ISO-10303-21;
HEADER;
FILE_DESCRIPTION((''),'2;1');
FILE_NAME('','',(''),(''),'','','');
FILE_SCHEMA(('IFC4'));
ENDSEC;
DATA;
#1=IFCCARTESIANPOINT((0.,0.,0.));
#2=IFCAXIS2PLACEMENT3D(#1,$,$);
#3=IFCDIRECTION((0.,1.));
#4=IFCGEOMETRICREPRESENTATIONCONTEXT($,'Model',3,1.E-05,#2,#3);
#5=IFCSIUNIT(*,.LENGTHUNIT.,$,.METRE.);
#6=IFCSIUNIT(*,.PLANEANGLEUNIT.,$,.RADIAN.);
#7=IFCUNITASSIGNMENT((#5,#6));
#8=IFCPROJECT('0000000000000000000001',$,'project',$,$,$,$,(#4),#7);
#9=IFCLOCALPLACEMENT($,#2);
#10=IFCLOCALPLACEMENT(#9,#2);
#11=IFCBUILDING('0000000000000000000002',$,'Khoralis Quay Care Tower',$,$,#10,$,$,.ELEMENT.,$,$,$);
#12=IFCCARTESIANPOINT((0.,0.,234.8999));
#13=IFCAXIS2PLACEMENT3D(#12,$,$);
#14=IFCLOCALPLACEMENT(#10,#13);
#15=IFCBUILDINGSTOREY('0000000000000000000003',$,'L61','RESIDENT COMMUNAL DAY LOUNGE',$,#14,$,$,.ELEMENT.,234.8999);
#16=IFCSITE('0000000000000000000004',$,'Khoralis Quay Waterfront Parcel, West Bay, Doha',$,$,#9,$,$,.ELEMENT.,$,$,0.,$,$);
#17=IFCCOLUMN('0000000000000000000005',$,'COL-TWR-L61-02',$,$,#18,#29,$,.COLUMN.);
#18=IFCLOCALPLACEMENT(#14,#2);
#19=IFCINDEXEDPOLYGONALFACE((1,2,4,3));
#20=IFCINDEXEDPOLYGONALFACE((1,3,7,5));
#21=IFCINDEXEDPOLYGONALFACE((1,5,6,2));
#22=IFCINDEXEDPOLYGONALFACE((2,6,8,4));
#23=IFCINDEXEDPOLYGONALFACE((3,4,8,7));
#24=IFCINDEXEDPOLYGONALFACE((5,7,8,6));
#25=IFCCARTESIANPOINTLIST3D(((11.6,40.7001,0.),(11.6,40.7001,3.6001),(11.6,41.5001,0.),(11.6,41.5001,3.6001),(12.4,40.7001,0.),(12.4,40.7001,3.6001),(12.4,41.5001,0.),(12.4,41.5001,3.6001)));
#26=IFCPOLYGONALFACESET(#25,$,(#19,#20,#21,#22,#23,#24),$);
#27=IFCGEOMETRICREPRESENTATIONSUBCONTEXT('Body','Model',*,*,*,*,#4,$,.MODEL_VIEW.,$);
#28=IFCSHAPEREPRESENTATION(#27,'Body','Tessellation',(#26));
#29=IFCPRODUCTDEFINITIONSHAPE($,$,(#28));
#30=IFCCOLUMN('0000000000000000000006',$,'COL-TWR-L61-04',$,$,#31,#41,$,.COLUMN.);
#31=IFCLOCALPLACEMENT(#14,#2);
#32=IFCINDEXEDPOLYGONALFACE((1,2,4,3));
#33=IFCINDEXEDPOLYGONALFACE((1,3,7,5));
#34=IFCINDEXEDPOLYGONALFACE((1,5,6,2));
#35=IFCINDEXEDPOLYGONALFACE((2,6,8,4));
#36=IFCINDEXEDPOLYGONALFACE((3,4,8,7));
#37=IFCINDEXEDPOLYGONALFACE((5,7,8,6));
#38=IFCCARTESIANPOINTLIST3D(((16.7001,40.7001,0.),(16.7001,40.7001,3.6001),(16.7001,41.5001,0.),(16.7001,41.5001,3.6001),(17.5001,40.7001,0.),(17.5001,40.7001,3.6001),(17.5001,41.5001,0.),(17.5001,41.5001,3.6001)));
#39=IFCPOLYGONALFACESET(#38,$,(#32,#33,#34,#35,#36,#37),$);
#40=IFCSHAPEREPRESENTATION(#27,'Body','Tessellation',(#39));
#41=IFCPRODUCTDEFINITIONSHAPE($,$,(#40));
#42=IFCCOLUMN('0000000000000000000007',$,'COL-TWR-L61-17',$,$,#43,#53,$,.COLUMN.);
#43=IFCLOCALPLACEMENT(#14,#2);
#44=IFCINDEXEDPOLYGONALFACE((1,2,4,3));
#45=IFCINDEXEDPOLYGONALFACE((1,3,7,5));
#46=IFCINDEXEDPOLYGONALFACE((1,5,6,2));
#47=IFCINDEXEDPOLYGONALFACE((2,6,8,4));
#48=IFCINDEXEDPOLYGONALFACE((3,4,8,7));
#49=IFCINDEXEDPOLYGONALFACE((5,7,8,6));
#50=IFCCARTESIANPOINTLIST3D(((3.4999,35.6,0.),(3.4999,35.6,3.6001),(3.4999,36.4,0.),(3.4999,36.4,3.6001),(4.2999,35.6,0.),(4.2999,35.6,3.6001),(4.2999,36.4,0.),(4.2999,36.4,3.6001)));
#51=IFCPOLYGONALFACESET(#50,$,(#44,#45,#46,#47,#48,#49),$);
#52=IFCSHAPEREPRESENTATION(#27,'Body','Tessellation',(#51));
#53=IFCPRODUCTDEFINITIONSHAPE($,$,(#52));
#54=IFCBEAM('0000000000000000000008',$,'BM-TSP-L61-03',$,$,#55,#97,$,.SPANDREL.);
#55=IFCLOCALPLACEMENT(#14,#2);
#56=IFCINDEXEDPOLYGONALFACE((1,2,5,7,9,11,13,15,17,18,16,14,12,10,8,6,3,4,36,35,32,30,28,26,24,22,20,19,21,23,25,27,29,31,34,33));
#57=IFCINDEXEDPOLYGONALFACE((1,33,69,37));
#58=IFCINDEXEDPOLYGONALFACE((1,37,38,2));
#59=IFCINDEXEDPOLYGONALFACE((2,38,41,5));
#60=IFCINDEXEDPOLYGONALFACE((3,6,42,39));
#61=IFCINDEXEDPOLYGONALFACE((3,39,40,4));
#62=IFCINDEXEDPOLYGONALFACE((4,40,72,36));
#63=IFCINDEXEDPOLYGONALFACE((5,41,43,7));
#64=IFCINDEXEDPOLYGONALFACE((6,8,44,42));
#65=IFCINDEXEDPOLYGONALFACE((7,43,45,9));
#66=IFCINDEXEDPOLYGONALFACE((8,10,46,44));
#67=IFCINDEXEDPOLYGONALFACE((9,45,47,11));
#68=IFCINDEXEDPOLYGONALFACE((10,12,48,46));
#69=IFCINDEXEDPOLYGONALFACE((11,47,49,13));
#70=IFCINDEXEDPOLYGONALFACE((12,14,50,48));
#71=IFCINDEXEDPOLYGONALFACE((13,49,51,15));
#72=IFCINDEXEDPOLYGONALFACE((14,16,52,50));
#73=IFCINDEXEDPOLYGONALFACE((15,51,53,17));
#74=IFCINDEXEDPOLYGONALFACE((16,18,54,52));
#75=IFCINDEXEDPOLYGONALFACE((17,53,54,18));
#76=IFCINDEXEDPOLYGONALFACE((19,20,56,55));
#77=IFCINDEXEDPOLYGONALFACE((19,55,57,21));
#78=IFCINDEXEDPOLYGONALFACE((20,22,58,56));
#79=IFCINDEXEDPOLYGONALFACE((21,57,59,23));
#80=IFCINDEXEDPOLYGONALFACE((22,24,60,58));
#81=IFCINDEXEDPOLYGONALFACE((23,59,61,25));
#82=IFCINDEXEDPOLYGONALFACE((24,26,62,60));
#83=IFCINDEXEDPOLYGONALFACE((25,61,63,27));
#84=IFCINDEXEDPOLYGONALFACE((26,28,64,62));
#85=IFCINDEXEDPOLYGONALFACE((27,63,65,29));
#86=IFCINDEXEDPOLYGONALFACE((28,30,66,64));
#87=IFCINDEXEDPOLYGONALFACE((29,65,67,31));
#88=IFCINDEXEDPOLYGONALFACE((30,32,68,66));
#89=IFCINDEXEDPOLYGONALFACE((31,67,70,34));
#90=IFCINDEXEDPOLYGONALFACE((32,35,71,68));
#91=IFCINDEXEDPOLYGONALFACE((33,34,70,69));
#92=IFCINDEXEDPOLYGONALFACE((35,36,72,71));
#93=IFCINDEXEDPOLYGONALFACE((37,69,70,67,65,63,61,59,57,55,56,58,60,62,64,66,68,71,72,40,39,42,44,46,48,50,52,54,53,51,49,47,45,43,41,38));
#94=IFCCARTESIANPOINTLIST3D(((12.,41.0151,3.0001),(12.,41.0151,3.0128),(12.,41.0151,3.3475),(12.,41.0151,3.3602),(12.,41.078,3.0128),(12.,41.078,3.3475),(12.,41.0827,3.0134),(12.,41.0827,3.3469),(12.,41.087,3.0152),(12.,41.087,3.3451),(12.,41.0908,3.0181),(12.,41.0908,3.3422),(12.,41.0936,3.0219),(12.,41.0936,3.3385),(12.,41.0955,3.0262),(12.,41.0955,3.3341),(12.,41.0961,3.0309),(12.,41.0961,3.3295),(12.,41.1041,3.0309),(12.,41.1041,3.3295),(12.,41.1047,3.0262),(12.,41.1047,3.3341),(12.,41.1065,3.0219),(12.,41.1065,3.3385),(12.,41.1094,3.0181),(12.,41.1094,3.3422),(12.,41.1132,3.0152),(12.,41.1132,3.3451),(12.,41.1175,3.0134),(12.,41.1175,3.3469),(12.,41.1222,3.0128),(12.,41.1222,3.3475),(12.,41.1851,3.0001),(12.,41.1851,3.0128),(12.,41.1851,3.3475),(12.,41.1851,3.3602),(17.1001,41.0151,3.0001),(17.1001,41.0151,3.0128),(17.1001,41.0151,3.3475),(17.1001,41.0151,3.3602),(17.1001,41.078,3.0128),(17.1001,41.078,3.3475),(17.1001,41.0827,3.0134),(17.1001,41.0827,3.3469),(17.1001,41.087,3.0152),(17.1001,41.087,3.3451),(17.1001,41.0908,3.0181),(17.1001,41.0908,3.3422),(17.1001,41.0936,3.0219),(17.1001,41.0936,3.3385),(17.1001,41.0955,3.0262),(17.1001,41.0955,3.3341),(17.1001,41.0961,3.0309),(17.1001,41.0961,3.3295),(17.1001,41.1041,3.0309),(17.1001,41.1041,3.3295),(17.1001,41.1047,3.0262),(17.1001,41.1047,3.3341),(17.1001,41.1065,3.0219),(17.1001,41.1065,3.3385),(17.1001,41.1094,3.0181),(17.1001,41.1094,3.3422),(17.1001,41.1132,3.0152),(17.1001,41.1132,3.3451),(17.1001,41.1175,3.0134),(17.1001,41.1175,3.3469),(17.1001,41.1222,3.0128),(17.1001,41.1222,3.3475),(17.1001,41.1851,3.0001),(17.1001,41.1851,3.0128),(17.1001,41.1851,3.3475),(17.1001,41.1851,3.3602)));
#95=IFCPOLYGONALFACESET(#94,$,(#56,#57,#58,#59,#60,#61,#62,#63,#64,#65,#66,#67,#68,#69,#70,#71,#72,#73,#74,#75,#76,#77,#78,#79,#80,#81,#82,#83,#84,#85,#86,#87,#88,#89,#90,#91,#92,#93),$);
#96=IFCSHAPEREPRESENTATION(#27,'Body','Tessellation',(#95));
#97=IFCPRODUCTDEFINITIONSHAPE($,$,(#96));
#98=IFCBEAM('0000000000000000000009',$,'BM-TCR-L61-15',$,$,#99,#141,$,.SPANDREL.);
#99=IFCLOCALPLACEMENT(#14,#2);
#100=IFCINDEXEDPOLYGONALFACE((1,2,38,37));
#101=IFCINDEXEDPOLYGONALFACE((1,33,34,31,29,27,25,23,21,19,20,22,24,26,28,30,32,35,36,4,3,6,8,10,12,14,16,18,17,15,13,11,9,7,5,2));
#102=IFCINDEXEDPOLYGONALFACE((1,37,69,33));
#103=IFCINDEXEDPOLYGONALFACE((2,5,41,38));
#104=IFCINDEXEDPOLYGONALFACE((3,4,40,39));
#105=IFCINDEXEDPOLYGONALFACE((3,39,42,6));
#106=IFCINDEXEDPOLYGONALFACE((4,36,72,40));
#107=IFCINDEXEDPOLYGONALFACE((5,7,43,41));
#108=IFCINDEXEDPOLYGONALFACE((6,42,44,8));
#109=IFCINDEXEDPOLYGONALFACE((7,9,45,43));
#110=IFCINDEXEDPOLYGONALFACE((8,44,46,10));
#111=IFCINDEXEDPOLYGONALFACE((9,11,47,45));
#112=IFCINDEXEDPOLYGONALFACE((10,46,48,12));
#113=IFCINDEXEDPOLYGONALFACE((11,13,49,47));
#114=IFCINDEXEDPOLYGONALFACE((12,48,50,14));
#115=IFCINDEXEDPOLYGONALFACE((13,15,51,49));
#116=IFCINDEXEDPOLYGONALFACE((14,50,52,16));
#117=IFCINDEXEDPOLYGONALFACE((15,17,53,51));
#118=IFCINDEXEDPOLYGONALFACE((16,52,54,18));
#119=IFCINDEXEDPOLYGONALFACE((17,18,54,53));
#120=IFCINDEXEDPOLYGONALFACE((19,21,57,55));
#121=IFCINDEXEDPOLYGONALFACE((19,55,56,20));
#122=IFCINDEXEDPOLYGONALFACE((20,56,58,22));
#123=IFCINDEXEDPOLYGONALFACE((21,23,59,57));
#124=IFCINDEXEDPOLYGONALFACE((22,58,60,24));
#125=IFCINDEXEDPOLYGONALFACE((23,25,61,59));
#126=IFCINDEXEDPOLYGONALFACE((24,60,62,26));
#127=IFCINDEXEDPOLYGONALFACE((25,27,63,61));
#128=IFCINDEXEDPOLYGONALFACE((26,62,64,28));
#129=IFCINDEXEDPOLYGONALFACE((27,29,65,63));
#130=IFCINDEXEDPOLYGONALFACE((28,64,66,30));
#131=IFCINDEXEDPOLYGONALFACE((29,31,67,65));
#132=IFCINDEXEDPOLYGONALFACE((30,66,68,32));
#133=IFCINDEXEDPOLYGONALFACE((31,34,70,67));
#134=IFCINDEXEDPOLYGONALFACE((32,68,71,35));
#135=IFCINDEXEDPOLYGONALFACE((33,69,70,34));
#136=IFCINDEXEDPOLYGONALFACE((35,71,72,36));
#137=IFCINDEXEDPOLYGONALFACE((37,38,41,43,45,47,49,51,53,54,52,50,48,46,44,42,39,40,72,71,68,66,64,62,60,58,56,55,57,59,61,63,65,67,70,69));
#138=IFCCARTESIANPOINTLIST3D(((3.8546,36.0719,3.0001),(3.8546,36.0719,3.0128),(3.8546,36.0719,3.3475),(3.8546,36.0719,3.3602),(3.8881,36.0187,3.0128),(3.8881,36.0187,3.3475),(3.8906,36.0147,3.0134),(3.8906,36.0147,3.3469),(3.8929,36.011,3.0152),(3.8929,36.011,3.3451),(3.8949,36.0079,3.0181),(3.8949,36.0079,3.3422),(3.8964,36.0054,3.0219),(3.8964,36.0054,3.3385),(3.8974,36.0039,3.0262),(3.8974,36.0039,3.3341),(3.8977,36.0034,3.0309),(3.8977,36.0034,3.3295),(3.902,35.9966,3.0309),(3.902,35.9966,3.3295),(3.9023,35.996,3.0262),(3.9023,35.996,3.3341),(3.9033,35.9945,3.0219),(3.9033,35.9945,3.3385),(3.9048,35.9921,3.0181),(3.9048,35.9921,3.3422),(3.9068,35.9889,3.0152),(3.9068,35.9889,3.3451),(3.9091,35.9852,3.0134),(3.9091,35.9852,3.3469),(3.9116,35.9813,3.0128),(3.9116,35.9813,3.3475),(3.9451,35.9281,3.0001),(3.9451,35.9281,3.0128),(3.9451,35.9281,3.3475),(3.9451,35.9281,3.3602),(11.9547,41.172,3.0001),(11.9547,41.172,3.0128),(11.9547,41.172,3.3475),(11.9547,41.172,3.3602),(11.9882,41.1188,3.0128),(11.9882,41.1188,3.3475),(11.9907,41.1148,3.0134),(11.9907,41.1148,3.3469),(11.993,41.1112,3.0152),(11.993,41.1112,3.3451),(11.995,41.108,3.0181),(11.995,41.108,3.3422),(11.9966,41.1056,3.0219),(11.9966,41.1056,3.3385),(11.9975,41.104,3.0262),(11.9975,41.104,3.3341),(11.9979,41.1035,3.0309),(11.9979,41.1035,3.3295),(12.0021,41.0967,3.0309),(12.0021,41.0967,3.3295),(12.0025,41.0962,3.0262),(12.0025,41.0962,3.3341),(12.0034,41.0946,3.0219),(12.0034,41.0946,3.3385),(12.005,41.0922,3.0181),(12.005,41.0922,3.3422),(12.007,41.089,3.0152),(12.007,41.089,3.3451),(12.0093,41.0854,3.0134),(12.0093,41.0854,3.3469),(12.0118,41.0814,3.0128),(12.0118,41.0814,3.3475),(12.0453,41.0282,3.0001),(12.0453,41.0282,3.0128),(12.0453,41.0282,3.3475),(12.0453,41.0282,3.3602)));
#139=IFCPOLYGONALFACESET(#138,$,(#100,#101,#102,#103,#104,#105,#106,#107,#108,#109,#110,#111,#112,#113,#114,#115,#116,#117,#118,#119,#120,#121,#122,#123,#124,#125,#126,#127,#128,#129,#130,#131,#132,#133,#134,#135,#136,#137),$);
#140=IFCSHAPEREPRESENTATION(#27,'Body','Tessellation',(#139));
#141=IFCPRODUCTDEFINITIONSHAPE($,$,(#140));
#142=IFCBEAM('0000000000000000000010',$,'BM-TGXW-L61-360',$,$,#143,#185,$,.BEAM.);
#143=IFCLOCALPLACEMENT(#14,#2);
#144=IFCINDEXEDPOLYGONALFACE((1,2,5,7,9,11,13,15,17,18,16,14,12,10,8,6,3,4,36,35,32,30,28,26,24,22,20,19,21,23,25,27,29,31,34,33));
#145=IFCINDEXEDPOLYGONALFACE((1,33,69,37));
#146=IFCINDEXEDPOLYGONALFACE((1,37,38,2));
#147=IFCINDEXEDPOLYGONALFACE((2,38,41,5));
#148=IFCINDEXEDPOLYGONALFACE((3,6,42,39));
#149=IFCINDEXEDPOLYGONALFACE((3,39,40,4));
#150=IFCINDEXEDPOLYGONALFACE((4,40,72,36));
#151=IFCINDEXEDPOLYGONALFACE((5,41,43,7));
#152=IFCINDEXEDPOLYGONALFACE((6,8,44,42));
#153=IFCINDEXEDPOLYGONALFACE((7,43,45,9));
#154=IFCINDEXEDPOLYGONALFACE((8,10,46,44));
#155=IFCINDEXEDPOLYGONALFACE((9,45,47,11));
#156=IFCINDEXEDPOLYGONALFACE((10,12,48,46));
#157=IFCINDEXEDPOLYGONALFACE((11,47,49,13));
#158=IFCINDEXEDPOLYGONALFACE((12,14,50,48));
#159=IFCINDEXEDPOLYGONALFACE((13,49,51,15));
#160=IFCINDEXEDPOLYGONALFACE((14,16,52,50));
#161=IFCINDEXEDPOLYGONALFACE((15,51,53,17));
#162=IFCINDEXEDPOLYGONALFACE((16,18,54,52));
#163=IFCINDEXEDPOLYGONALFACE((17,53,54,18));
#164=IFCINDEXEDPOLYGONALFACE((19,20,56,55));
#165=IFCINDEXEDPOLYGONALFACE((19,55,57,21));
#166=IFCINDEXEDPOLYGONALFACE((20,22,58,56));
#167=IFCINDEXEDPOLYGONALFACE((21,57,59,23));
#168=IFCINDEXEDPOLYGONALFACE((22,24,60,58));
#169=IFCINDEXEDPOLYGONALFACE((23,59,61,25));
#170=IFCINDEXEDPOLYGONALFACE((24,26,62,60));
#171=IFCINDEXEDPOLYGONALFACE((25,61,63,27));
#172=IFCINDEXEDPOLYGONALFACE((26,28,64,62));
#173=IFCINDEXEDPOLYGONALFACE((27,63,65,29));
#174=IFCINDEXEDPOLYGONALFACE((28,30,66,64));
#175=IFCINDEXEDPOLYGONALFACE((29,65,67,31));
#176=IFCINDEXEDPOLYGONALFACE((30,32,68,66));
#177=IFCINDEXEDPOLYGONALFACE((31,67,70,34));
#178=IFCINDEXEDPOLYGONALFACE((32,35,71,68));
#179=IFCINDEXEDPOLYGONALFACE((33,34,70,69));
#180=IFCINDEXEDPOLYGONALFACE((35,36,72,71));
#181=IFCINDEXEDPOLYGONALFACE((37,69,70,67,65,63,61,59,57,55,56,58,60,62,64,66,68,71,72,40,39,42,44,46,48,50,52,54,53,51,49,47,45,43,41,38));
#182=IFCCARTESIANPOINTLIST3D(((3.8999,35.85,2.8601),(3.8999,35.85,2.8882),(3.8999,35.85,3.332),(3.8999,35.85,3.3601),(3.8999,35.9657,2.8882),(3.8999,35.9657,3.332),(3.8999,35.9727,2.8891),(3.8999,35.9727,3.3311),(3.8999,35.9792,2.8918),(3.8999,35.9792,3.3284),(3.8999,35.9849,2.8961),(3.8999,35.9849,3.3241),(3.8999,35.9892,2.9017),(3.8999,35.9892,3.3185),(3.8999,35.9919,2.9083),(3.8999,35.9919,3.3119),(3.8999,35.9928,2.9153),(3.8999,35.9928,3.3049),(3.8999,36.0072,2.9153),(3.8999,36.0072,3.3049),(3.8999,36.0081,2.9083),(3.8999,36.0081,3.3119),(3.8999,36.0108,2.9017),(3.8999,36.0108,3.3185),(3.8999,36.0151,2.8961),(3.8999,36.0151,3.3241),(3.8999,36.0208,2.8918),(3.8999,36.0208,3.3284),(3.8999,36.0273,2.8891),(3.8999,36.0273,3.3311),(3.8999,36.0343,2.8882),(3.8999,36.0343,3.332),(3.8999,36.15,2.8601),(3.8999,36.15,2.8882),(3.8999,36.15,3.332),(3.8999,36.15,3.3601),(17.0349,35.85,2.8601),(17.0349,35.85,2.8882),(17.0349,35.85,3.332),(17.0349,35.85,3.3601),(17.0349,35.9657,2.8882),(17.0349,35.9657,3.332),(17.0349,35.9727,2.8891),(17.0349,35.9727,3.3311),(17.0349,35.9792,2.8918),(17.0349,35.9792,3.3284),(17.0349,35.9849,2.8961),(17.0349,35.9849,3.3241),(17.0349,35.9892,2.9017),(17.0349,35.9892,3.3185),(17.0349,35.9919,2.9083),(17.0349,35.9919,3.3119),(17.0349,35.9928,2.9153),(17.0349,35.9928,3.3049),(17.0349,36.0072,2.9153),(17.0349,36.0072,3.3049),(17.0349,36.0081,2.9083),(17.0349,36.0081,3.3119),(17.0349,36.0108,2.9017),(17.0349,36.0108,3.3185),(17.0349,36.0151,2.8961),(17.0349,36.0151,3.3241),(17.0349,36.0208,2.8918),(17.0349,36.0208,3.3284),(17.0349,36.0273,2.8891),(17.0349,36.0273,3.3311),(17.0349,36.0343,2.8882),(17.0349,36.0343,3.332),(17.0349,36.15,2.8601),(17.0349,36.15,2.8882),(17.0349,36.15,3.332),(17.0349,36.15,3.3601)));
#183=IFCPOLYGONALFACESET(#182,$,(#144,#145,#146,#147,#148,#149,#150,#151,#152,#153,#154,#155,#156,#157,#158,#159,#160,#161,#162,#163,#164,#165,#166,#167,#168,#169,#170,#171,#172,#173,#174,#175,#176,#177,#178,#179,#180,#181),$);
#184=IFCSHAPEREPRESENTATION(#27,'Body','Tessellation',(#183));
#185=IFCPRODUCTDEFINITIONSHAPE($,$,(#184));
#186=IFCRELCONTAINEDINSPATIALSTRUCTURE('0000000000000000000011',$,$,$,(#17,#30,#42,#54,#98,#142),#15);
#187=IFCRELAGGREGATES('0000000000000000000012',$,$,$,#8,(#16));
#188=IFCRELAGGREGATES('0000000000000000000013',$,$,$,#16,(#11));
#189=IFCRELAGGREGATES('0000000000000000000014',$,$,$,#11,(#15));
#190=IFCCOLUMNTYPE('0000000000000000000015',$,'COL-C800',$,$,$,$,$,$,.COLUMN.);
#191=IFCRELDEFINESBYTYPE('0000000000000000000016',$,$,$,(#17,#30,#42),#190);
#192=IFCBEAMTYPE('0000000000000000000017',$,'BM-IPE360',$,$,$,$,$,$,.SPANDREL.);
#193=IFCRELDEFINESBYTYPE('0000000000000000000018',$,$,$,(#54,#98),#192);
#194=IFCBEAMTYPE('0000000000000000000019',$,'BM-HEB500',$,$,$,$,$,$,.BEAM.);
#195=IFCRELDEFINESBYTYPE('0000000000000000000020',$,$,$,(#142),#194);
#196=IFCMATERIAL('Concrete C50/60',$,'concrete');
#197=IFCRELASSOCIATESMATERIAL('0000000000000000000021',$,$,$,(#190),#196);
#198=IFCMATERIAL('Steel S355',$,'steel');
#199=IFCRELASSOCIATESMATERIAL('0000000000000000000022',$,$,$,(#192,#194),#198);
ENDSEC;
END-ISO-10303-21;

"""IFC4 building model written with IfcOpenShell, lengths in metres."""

from ifc_helpers import new_model, si_unit, direction, frame, origin, origin_2d, place, context, subcontext, project, spatial, rectangle, i_section, extrude, source, transform, mapped, material, material_profile, profile_set, type_object, element, save


model = new_model("IFC4")

# Units and contexts
model_context = context("Model", 3, precision=1e-05, world=origin(), true_north=direction((0.0, 1.0)))
body_context = subcontext(model_context, "Body", "Model", "MODEL_VIEW")
ifc_project = project(units=[si_unit("LENGTHUNIT", "METRE"), si_unit("PLANEANGLEUNIT", "RADIAN")], contexts=[model_context])

# Site, building, storey
site_placement = place(None, origin())
site = spatial("IfcSite", under=ifc_project, at=site_placement, Name="Khoralis Quay Waterfront Parcel, West Bay, Doha", CompositionType="ELEMENT", RefElevation=0.0)
building_placement = place(site_placement, origin())
building = spatial("IfcBuilding", under=site, at=building_placement, Name="Khoralis Quay Care Tower", CompositionType="ELEMENT")
storey_placement = place(building_placement, frame((0.0, 0.0, 234.8999)))
storey = spatial("IfcBuildingStorey", under=building, at=storey_placement, Name="L61", Description="RESIDENT COMMUNAL DAY LOUNGE", CompositionType="ELEMENT", Elevation=234.8999)

# Columns
ifc_material_1 = material(Name="Concrete C50/60", Category="concrete")
ifc_material_profile_1 = material_profile(ifc_material_1, rectangle(XDim=0.8, YDim=0.8, at=origin_2d()), Name="Concrete C50/60")
ifc_profile_set_1 = profile_set([ifc_material_profile_1], Name="Concrete C50/60")
column_type = type_object("IfcColumnType", Name="COL-C800", PredefinedType="COLUMN", material=ifc_profile_set_1)
shared_shape_1 = source(origin(), body_context, "Body", "SweptSolid", [
    extrude(rectangle(XDim=0.8, YDim=0.8, at=origin_2d()), origin(), (0.0, 0.0, 1.0), 3.6001),
])
for number, where, z_axis, x_axis, name in (
    (1, (12.0, 41.1001, 0.0), (0.0, 0.0, 1.0), (1.0, 0.0, 0.0), "COL-TWR-L61-02"),
    (2, (17.1001, 41.1001, 0.0), (0.0, 0.0, 1.0), (1.0, 0.0, 0.0), "COL-TWR-L61-04"),
    (3, (3.8999, 36.0, 0.0), (0.0, 0.0, 1.0), (1.0, 0.0, 0.0), "COL-TWR-L61-17"),
):
    element("IfcColumn", number, at=place(storey_placement, frame(where, z_axis=z_axis, x_axis=x_axis)), inside=storey, type_object=column_type, Name=name, PredefinedType="COLUMN", context=body_context, shape_type="MappedRepresentation", body=[
        mapped(shared_shape_1, transform((0.0, 0.0, 0.0), scale=1.0)),
    ])

# Beams
ifc_material_2 = material(Name="Steel S355", Category="steel")
ifc_material_profile_2 = material_profile(ifc_material_2, i_section(OverallWidth=0.1699, OverallDepth=0.3601, WebThickness=0.0081, FlangeThickness=0.0127, FilletRadius=0.0181, at=origin_2d()), Name="Steel S355")
ifc_profile_set_2 = profile_set([ifc_material_profile_2], Name="Steel S355")
beam_type_1 = type_object("IfcBeamType", Name="BM-IPE360", PredefinedType="SPANDREL", material=ifc_profile_set_2)
shared_shape_2 = source(origin(), body_context, "Body", "SweptSolid", [
    extrude(i_section(OverallWidth=0.1699, OverallDepth=0.3601, WebThickness=0.0081, FlangeThickness=0.0127, FilletRadius=0.0181, at=origin_2d()), origin(), (0.0, 0.0, 1.0), 5.1001),
])
beam_1_placement = place(storey_placement, frame((12.0, 41.1001, 3.1802), z_axis=(1.0, 0.0, 0.0), x_axis=(0.0, 1.0, 0.0)))
element("IfcBeam", 4, at=beam_1_placement, inside=storey, type_object=beam_type_1, Name="BM-TSP-L61-03", PredefinedType="SPANDREL", context=body_context, shape_type="MappedRepresentation", body=[
    mapped(shared_shape_2, transform((0.0, 0.0, 0.0), scale=1.0)),
])
shared_shape_3 = source(origin(), body_context, "Body", "SweptSolid", [
    extrude(i_section(OverallWidth=0.1699, OverallDepth=0.3601, WebThickness=0.0081, FlangeThickness=0.0127, FilletRadius=0.0181, at=origin_2d()), origin(), (0.0, 0.0, 1.0), 9.572),
])
beam_2_placement = place(storey_placement, frame((12.0, 41.1001, 3.1802), z_axis=(-0.846231, -0.532816, 0.0), x_axis=(0.532816, -0.846231, 0.0)))
element("IfcBeam", 5, at=beam_2_placement, inside=storey, type_object=beam_type_1, Name="BM-TCR-L61-15", PredefinedType="SPANDREL", context=body_context, shape_type="MappedRepresentation", body=[
    mapped(shared_shape_3, transform((0.0, 0.0, 0.0), scale=1.0)),
])
ifc_material_profile_3 = material_profile(ifc_material_2, i_section(OverallWidth=0.3, OverallDepth=0.5, WebThickness=0.0144, FlangeThickness=0.0281, FilletRadius=0.0271, at=origin_2d()), Name="Steel S355")
ifc_profile_set_3 = profile_set([ifc_material_profile_3], Name="Steel S355")
beam_type_2 = type_object("IfcBeamType", Name="BM-HEB500", PredefinedType="BEAM", material=ifc_profile_set_3)
shared_shape_4 = source(origin(), body_context, "Body", "SweptSolid", [
    extrude(i_section(OverallWidth=0.3, OverallDepth=0.5, WebThickness=0.0144, FlangeThickness=0.0281, FilletRadius=0.0271, at=origin_2d()), origin(), (0.0, 0.0, 1.0), 13.135),
])
beam_3_placement = place(storey_placement, frame((3.8999, 36.0, 3.1101), z_axis=(1.0, 0.0, 0.0), x_axis=(0.0, 1.0, 0.0)))
element("IfcBeam", 6, at=beam_3_placement, inside=storey, type_object=beam_type_2, Name="BM-TGXW-L61-360", PredefinedType="BEAM", context=body_context, shape_type="MappedRepresentation", body=[
    mapped(shared_shape_4, transform((0.0, 0.0, 0.0), scale=1.0)),
])

save(model, "model.ifc")
